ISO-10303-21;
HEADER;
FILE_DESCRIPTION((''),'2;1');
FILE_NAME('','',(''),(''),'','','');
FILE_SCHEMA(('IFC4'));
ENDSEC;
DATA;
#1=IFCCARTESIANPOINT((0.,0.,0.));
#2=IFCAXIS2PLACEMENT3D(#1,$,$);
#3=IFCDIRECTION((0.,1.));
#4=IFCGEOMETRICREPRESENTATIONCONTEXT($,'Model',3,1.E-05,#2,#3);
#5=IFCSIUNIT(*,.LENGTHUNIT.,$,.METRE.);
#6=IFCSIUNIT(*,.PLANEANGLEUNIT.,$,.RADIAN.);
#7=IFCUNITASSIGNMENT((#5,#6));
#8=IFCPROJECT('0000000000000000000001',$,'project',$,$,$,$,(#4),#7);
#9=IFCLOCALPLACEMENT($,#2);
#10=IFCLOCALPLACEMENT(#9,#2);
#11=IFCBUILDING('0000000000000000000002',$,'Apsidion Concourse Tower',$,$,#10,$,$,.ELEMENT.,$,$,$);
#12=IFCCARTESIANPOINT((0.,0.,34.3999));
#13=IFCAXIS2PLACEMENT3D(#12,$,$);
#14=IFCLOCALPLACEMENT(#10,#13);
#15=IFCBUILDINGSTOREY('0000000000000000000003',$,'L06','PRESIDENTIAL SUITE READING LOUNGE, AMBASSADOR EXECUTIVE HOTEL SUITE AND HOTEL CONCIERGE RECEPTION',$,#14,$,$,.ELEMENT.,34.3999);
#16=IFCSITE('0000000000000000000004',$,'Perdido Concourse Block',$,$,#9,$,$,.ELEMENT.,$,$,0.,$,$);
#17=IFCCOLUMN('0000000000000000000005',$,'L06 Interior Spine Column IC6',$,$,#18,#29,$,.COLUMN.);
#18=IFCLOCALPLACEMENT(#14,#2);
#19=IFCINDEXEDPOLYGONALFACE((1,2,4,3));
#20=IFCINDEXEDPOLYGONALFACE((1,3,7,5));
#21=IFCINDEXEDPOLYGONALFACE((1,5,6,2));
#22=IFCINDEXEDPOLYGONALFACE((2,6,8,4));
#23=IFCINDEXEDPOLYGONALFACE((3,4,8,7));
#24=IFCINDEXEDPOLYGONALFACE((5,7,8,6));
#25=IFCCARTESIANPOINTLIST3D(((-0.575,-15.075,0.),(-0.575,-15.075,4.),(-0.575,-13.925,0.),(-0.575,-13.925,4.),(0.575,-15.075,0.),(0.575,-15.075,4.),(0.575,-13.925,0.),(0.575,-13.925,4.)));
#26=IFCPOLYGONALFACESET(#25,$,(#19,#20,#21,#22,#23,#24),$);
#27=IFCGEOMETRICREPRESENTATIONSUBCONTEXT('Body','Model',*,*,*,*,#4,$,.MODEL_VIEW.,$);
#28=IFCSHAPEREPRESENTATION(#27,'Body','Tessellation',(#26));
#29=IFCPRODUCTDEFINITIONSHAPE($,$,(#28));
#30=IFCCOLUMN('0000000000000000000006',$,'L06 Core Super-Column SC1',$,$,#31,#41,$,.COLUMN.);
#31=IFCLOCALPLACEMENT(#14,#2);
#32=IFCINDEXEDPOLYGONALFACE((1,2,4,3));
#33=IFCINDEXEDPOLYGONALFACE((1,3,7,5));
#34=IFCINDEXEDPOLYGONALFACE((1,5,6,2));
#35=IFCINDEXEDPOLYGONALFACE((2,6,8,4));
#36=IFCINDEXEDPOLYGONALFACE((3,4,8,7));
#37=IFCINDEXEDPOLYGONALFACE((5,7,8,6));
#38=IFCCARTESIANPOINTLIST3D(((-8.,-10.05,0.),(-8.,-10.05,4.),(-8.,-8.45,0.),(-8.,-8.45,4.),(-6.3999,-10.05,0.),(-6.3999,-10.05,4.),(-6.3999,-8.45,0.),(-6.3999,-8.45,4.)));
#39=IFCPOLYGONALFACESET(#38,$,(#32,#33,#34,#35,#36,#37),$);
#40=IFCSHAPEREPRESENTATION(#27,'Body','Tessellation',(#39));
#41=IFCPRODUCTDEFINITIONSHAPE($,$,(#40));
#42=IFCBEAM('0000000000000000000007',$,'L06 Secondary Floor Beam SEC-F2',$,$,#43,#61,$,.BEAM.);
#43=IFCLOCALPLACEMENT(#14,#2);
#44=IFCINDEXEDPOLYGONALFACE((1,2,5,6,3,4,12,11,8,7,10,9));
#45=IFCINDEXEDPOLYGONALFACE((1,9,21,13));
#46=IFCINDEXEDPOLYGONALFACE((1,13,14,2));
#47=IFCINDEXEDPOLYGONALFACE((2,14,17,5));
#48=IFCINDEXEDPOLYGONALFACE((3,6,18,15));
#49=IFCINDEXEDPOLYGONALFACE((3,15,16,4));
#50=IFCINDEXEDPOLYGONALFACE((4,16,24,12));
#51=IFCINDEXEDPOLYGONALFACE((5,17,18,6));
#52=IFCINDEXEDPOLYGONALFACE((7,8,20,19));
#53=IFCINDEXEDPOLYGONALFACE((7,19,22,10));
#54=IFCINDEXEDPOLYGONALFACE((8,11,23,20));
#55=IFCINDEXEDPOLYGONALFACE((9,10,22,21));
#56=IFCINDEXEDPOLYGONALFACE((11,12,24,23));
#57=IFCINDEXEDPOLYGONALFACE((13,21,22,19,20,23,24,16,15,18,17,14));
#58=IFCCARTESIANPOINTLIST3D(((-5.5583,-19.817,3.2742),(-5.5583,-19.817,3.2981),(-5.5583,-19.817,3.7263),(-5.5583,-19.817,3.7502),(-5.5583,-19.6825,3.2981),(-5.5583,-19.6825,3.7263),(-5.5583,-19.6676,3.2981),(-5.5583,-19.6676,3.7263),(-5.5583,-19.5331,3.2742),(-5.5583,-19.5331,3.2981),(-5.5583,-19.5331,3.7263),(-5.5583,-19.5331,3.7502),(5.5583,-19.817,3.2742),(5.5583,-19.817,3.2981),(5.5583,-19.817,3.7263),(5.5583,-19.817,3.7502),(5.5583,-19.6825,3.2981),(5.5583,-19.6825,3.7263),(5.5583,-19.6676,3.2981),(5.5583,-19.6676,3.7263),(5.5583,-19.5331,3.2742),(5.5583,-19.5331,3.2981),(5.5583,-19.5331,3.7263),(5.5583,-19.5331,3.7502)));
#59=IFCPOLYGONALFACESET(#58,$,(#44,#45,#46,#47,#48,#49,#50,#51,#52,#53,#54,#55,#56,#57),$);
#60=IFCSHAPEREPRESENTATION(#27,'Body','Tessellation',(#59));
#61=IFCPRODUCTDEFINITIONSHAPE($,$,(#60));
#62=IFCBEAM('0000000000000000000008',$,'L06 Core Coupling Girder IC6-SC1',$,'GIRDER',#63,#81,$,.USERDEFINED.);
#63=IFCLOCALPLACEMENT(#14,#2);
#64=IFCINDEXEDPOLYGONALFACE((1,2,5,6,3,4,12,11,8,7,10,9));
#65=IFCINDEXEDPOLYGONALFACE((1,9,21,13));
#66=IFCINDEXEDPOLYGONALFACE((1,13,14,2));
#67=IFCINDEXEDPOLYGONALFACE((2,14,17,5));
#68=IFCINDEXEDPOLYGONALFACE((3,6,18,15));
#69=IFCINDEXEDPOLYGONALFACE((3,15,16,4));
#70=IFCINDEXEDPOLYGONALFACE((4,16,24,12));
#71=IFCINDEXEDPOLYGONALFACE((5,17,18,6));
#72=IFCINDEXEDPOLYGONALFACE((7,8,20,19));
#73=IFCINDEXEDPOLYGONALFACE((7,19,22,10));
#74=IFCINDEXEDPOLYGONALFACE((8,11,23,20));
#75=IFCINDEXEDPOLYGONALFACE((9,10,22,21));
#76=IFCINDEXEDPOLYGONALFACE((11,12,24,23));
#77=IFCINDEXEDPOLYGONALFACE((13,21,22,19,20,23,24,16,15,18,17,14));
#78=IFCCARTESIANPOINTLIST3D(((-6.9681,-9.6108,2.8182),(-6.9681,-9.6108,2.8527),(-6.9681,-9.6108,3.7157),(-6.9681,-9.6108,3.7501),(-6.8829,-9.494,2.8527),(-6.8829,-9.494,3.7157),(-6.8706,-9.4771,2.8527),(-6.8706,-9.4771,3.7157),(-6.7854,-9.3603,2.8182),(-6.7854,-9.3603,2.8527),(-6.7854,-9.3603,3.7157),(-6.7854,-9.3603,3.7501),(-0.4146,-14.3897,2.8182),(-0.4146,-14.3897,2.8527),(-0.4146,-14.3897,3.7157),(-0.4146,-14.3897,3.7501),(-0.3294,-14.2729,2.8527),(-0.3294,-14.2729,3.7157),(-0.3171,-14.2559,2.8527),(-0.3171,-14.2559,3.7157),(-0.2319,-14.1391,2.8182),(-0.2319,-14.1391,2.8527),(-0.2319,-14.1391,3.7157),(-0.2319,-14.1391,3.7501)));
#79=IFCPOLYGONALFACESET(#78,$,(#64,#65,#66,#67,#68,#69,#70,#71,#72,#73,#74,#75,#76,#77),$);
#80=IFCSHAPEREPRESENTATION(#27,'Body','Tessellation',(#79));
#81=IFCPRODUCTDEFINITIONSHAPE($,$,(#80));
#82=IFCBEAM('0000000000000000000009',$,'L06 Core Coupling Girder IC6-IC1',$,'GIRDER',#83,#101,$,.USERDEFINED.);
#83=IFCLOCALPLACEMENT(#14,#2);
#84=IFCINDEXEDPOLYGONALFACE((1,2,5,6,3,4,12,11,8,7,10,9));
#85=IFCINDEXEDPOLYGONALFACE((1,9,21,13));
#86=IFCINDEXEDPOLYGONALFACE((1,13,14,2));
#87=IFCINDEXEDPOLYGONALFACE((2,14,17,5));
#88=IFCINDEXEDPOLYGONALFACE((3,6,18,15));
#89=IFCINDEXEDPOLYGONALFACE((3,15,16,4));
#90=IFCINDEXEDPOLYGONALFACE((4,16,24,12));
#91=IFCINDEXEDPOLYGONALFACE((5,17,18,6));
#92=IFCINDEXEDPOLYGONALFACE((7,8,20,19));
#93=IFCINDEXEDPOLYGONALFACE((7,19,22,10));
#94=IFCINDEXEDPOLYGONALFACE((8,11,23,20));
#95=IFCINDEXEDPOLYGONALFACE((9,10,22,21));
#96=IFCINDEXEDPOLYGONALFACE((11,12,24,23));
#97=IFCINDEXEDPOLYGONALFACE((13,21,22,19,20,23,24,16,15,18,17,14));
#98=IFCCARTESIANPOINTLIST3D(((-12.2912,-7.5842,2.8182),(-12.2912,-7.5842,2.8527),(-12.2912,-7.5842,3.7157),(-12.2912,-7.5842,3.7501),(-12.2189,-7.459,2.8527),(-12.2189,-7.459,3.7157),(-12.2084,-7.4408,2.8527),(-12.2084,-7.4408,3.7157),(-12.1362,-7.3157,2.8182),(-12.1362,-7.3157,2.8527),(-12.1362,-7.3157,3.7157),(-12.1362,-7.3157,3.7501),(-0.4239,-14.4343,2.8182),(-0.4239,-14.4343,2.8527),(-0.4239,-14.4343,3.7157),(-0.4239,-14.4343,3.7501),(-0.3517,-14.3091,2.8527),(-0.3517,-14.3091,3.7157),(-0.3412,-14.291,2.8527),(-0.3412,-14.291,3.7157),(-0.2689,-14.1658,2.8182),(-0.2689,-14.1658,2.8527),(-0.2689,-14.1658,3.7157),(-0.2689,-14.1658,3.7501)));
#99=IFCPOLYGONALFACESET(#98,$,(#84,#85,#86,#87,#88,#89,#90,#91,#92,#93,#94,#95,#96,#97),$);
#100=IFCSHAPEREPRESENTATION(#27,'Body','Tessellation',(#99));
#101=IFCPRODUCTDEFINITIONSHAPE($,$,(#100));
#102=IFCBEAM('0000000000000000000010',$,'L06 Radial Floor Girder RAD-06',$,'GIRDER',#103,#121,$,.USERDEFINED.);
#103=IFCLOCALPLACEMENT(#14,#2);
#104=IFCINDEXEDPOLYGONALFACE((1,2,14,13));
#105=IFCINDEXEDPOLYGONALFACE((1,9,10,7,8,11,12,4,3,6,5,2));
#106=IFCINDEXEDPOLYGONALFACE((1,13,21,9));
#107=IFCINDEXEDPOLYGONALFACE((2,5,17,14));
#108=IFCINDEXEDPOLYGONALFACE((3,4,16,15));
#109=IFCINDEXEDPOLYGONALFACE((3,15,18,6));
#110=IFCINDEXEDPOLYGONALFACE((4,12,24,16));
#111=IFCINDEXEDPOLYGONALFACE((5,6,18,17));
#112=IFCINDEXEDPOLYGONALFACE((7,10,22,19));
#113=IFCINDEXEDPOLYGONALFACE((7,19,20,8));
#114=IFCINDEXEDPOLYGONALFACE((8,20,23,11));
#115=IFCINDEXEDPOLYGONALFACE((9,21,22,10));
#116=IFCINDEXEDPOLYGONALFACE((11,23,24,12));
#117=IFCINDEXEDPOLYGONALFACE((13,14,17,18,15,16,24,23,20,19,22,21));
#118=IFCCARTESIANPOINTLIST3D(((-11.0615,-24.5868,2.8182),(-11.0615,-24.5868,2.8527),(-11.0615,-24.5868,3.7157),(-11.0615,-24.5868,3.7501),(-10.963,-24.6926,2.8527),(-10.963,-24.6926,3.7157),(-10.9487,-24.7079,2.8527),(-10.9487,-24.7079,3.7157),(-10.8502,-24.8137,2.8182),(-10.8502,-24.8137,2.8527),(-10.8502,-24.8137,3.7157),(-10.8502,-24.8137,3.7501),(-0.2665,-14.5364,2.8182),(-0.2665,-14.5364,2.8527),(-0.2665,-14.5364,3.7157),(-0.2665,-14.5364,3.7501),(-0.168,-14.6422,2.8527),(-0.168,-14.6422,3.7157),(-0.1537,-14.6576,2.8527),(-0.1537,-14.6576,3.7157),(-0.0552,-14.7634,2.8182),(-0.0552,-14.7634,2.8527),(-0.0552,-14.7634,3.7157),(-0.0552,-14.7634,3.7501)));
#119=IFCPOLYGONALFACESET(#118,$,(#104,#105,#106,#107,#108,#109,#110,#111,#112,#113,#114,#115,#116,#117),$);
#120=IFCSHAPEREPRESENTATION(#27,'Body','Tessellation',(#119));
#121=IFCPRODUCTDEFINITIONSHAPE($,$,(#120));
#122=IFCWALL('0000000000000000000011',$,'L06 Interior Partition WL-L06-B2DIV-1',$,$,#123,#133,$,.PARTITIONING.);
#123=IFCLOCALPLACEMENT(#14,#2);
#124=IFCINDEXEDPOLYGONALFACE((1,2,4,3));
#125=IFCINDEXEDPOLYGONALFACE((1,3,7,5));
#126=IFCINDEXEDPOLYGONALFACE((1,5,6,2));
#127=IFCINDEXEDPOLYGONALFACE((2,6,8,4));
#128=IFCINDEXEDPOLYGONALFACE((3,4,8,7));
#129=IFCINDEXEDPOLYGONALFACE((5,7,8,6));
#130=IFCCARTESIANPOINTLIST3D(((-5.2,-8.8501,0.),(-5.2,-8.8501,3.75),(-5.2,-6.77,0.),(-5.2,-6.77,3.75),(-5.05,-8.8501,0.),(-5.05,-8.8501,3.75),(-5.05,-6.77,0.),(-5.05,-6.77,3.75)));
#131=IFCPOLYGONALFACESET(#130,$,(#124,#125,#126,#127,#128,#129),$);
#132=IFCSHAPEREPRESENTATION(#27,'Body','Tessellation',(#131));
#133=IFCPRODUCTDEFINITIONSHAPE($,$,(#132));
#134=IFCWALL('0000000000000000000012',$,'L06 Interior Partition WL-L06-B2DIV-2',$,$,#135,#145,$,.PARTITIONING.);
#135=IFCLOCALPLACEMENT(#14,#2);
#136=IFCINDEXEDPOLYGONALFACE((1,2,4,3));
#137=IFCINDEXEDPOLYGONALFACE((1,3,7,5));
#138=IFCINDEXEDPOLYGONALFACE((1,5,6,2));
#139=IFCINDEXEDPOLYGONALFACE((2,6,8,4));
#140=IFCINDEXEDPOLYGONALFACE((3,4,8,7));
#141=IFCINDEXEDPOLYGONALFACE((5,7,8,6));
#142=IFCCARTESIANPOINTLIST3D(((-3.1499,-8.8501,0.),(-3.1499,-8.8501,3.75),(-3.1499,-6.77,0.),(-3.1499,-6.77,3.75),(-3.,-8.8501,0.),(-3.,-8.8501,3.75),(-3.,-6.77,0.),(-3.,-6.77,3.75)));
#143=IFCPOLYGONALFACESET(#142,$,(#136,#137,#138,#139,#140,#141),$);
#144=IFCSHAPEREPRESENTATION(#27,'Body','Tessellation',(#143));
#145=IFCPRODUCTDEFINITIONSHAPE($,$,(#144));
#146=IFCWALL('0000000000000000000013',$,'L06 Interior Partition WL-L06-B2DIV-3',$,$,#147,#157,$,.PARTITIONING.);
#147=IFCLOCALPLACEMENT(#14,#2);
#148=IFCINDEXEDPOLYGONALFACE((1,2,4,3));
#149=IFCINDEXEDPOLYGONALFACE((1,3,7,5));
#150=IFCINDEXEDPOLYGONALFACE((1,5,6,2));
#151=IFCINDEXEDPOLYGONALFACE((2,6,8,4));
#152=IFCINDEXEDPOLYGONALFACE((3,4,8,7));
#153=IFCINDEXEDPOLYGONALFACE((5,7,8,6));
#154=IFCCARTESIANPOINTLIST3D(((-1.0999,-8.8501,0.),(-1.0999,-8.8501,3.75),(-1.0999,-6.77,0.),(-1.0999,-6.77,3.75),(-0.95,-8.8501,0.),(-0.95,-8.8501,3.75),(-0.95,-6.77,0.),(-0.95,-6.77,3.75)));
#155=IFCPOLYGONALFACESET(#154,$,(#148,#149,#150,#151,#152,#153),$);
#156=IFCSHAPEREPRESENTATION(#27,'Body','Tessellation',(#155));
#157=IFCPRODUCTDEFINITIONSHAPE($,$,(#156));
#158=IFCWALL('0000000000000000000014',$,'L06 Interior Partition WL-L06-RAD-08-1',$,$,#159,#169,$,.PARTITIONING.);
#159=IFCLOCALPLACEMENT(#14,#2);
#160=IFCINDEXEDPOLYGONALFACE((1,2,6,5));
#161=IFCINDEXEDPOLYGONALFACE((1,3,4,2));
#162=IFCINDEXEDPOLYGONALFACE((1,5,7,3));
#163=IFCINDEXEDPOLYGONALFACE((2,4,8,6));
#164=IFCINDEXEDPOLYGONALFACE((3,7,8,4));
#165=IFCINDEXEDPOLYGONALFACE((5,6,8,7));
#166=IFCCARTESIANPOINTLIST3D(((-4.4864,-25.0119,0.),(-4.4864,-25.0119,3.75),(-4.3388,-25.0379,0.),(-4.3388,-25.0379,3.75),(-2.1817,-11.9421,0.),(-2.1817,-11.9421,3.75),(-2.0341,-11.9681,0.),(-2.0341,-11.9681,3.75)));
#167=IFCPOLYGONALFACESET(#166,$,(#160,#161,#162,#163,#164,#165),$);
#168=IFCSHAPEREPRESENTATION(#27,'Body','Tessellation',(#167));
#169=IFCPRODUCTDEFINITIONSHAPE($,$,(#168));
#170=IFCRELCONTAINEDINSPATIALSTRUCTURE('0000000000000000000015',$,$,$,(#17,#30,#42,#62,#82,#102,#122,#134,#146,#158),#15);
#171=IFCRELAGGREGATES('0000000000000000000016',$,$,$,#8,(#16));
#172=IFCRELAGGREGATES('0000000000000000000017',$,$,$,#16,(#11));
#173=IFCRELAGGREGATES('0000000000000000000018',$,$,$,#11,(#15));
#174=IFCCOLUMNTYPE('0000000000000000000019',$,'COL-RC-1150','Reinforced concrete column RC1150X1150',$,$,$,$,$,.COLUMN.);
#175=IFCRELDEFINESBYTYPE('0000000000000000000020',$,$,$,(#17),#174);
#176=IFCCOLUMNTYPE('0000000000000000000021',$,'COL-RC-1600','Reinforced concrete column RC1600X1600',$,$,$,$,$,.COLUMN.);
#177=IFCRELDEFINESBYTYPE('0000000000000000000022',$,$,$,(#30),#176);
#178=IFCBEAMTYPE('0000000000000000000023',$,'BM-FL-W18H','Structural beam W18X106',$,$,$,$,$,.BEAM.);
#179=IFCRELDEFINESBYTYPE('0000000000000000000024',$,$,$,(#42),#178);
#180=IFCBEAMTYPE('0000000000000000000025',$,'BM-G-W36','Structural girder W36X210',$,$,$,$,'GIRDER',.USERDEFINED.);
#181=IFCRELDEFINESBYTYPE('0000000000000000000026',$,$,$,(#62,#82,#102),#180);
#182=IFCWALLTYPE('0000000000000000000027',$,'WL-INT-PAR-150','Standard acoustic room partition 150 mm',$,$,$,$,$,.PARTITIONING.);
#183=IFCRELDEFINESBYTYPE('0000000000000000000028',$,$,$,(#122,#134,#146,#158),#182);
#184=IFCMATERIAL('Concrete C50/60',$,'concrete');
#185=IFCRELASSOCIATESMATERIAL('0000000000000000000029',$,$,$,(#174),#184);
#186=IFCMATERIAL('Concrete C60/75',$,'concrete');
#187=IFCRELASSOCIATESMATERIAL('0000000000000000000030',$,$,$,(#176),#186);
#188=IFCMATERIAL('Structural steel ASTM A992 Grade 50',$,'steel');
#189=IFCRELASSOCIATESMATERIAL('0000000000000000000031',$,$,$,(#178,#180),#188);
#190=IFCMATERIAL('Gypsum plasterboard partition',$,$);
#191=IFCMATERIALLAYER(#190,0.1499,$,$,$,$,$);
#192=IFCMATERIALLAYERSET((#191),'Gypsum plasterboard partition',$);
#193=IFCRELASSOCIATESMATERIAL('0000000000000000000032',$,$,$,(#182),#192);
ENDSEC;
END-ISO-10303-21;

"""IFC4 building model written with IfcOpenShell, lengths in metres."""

from ifc_helpers import new_model, si_unit, direction, frame, frame_2d, origin, origin_2d, place, context, subcontext, project, spatial, rectangle, i_section, extrude, material, layer, layer_set, material_profile, profile_set, type_object, element, save


model = new_model("IFC4")

# Units and contexts
model_context = context("Model", 3, precision=1e-05, world=origin(), true_north=direction((0.0, 1.0)))
body_context = subcontext(model_context, "Body", "Model", "MODEL_VIEW")
ifc_project = project(units=[si_unit("LENGTHUNIT", "METRE"), si_unit("PLANEANGLEUNIT", "RADIAN")], contexts=[model_context])

# Site, building, storey
site_placement = place(None, origin())
site = spatial("IfcSite", under=ifc_project, at=site_placement, Name="Perdido Concourse Block", CompositionType="ELEMENT", RefElevation=0.0)
building_placement = place(site_placement, origin())
building = spatial("IfcBuilding", under=site, at=building_placement, Name="Apsidion Concourse Tower", CompositionType="ELEMENT")
storey_placement = place(building_placement, frame((0.0, 0.0, 34.3999)))
storey = spatial("IfcBuildingStorey", under=building, at=storey_placement, Name="L06", Description="PRESIDENTIAL SUITE READING LOUNGE, AMBASSADOR EXECUTIVE HOTEL SUITE AND HOTEL CONCIERGE RECEPTION", CompositionType="ELEMENT", Elevation=34.3999)

# Columns
ifc_material_1 = material(Name="Concrete C50/60", Category="concrete")
ifc_material_profile_1 = material_profile(ifc_material_1, rectangle(XDim=1.1499, YDim=1.1499, at=origin_2d()), Name="RC 1150x1150")
ifc_profile_set_1 = profile_set([ifc_material_profile_1], Name="Concrete C50/60")
column_type_1 = type_object("IfcColumnType", Name="COL-RC-1150", Description="Reinforced concrete column RC1150X1150", PredefinedType="COLUMN", material=ifc_profile_set_1)
column_1_placement = place(storey_placement, frame((0.0, -14.5, 0.0), z_axis=(0.0, 0.0, 1.0), x_axis=(1.0, 0.0, 0.0)))
element("IfcColumn", 1, at=column_1_placement, inside=storey, type_object=column_type_1, Name="L06 Interior Spine Column IC6", PredefinedType="COLUMN", context=body_context, shape_type="SweptSolid", body=[
    extrude(rectangle(XDim=1.1499, YDim=1.1499, at=origin_2d()), origin(), (0.0, 0.0, 1.0), 4.0),
])
ifc_material_2 = material(Name="Concrete C60/75", Category="concrete")
ifc_material_profile_2 = material_profile(ifc_material_2, rectangle(XDim=1.6001, YDim=1.6001, at=origin_2d()), Name="RC 1600x1600")
ifc_profile_set_2 = profile_set([ifc_material_profile_2], Name="Concrete C60/75")
column_type_2 = type_object("IfcColumnType", Name="COL-RC-1600", Description="Reinforced concrete column RC1600X1600", PredefinedType="COLUMN", material=ifc_profile_set_2)
column_2_placement = place(storey_placement, frame((-7.2, -9.25, 0.0), z_axis=(0.0, 0.0, 1.0), x_axis=(1.0, 0.0, 0.0)))
element("IfcColumn", 2, at=column_2_placement, inside=storey, type_object=column_type_2, Name="L06 Core Super-Column SC1", PredefinedType="COLUMN", context=body_context, shape_type="SweptSolid", body=[
    extrude(rectangle(XDim=1.6001, YDim=1.6001, at=origin_2d()), origin(), (0.0, 0.0, 1.0), 4.0),
])

# Beams
ifc_material_3 = material(Name="Structural steel ASTM A992 Grade 50", Category="steel")
ifc_material_profile_3 = material_profile(ifc_material_3, i_section(OverallWidth=0.2839, OverallDepth=0.4761, WebThickness=0.0149, FlangeThickness=0.0239, at=origin_2d()), Name="W18X106")
ifc_profile_set_3 = profile_set([ifc_material_profile_3], Name="Structural steel ASTM A992 Grade 50")
beam_type_1 = type_object("IfcBeamType", Name="BM-FL-W18H", Description="Structural beam W18X106", PredefinedType="BEAM", material=ifc_profile_set_3)
beam_1_placement = place(storey_placement, frame((-5.5583, -19.675, 3.5122), z_axis=(1.0, 0.0, 0.0), x_axis=(0.0, 1.0, 0.0)))
element("IfcBeam", 3, at=beam_1_placement, inside=storey, type_object=beam_type_1, Name="L06 Secondary Floor Beam SEC-F2", PredefinedType="BEAM", context=body_context, shape_type="SweptSolid", body=[
    extrude(i_section(OverallWidth=0.2839, OverallDepth=0.4761, WebThickness=0.0149, FlangeThickness=0.0239, at=origin_2d()), origin(), (0.0, 0.0, 1.0), 11.1167),
])
ifc_material_profile_4 = material_profile(ifc_material_3, i_section(OverallWidth=0.3101, OverallDepth=0.9319, WebThickness=0.021, FlangeThickness=0.0344, at=origin_2d()), Name="W36X210")
ifc_profile_set_4 = profile_set([ifc_material_profile_4], Name="Structural steel ASTM A992 Grade 50")
beam_type_2 = type_object("IfcBeamType", Name="BM-G-W36", Description="Structural girder W36X210", ElementType="GIRDER", PredefinedType="USERDEFINED", material=ifc_profile_set_4)
beam_2_placement = place(storey_placement, frame((-0.3232, -14.2644, 3.2842), z_axis=(-0.807993, 0.589191, 0.0), x_axis=(-0.589191, -0.807993, 0.0)))
element("IfcBeam", 4, at=beam_2_placement, inside=storey, type_object=beam_type_2, Name="L06 Core Coupling Girder IC6-SC1", ObjectType="GIRDER", PredefinedType="USERDEFINED", context=body_context, shape_type="SweptSolid", body=[
    extrude(i_section(OverallWidth=0.3101, OverallDepth=0.9319, WebThickness=0.021, FlangeThickness=0.0344, at=origin_2d()), origin(), (0.0, 0.0, 1.0), 8.1108),
])
beam_3_placement = place(storey_placement, frame((-0.3464, -14.3, 3.2842), z_axis=(-0.86607, 0.499922, 0.0), x_axis=(-0.499922, -0.86607, 0.0)))
element("IfcBeam", 5, at=beam_3_placement, inside=storey, type_object=beam_type_2, Name="L06 Core Coupling Girder IC6-IC1", ObjectType="GIRDER", PredefinedType="USERDEFINED", context=body_context, shape_type="SweptSolid", body=[
    extrude(i_section(OverallWidth=0.3101, OverallDepth=0.9319, WebThickness=0.021, FlangeThickness=0.0344, at=origin_2d()), origin(), (0.0, 0.0, 1.0), 13.7024),
])
beam_4_placement = place(storey_placement, frame((-0.1609, -14.6499, 3.2842), z_axis=(-0.731899, -0.681413, 0.0), x_axis=(0.681413, -0.731899, 0.0)))
element("IfcBeam", 6, at=beam_4_placement, inside=storey, type_object=beam_type_2, Name="L06 Radial Floor Girder RAD-06", ObjectType="GIRDER", PredefinedType="USERDEFINED", context=body_context, shape_type="SweptSolid", body=[
    extrude(i_section(OverallWidth=0.3101, OverallDepth=0.9319, WebThickness=0.021, FlangeThickness=0.0344, at=origin_2d()), origin(), (0.0, 0.0, 1.0), 14.7493),
])

# Walls
ifc_material_4 = material(Name="Gypsum plasterboard partition")
ifc_layer_1 = layer(ifc_material_4, 0.1499)
ifc_layer_set_1 = layer_set([ifc_layer_1], Name="Gypsum plasterboard partition")
wall_type_1 = type_object("IfcWallType", Name="WL-INT-PAR-150", Description="Standard acoustic room partition 150 mm", PredefinedType="PARTITIONING", material=ifc_layer_set_1)
for number, where, z_axis, x_axis, name in (
    (7, (-5.125, -8.8501, 0.0), (0.0, 0.0, 1.0), (0.0, 1.0, 0.0), "L06 Interior Partition WL-L06-B2DIV-1"),
    (8, (-3.075, -8.8501, 0.0), (0.0, 0.0, 1.0), (0.0, 1.0, 0.0), "L06 Interior Partition WL-L06-B2DIV-2"),
    (9, (-1.0249, -8.8501, 0.0), (0.0, 0.0, 1.0), (0.0, 1.0, 0.0), "L06 Interior Partition WL-L06-B2DIV-3"),
):
    element("IfcWall", number, at=place(storey_placement, frame(where, z_axis=z_axis, x_axis=x_axis)), inside=storey, type_object=wall_type_1, Name=name, PredefinedType="PARTITIONING", context=body_context, shape_type="SweptSolid", body=[
        extrude(rectangle(XDim=2.0801, YDim=0.1499, at=frame_2d((1.04, 0.0))), origin(), (0.0, 0.0, 1.0), 3.75),
    ])
wall_1_placement = place(storey_placement, frame((-2.1079, -11.9551, 0.0), z_axis=(0.0, 0.0, 1.0), x_axis=(-0.173657, -0.984806, 0.0)))
element("IfcWall", 10, at=wall_1_placement, inside=storey, type_object=wall_type_1, Name="L06 Interior Partition WL-L06-RAD-08-1", PredefinedType="PARTITIONING", context=body_context, shape_type="SweptSolid", body=[
    extrude(rectangle(XDim=13.2715, YDim=0.1499, at=frame_2d((6.6357, 0.0))), origin(), (0.0, 0.0, 1.0), 3.75),
])

save(model, "model.ifc")
